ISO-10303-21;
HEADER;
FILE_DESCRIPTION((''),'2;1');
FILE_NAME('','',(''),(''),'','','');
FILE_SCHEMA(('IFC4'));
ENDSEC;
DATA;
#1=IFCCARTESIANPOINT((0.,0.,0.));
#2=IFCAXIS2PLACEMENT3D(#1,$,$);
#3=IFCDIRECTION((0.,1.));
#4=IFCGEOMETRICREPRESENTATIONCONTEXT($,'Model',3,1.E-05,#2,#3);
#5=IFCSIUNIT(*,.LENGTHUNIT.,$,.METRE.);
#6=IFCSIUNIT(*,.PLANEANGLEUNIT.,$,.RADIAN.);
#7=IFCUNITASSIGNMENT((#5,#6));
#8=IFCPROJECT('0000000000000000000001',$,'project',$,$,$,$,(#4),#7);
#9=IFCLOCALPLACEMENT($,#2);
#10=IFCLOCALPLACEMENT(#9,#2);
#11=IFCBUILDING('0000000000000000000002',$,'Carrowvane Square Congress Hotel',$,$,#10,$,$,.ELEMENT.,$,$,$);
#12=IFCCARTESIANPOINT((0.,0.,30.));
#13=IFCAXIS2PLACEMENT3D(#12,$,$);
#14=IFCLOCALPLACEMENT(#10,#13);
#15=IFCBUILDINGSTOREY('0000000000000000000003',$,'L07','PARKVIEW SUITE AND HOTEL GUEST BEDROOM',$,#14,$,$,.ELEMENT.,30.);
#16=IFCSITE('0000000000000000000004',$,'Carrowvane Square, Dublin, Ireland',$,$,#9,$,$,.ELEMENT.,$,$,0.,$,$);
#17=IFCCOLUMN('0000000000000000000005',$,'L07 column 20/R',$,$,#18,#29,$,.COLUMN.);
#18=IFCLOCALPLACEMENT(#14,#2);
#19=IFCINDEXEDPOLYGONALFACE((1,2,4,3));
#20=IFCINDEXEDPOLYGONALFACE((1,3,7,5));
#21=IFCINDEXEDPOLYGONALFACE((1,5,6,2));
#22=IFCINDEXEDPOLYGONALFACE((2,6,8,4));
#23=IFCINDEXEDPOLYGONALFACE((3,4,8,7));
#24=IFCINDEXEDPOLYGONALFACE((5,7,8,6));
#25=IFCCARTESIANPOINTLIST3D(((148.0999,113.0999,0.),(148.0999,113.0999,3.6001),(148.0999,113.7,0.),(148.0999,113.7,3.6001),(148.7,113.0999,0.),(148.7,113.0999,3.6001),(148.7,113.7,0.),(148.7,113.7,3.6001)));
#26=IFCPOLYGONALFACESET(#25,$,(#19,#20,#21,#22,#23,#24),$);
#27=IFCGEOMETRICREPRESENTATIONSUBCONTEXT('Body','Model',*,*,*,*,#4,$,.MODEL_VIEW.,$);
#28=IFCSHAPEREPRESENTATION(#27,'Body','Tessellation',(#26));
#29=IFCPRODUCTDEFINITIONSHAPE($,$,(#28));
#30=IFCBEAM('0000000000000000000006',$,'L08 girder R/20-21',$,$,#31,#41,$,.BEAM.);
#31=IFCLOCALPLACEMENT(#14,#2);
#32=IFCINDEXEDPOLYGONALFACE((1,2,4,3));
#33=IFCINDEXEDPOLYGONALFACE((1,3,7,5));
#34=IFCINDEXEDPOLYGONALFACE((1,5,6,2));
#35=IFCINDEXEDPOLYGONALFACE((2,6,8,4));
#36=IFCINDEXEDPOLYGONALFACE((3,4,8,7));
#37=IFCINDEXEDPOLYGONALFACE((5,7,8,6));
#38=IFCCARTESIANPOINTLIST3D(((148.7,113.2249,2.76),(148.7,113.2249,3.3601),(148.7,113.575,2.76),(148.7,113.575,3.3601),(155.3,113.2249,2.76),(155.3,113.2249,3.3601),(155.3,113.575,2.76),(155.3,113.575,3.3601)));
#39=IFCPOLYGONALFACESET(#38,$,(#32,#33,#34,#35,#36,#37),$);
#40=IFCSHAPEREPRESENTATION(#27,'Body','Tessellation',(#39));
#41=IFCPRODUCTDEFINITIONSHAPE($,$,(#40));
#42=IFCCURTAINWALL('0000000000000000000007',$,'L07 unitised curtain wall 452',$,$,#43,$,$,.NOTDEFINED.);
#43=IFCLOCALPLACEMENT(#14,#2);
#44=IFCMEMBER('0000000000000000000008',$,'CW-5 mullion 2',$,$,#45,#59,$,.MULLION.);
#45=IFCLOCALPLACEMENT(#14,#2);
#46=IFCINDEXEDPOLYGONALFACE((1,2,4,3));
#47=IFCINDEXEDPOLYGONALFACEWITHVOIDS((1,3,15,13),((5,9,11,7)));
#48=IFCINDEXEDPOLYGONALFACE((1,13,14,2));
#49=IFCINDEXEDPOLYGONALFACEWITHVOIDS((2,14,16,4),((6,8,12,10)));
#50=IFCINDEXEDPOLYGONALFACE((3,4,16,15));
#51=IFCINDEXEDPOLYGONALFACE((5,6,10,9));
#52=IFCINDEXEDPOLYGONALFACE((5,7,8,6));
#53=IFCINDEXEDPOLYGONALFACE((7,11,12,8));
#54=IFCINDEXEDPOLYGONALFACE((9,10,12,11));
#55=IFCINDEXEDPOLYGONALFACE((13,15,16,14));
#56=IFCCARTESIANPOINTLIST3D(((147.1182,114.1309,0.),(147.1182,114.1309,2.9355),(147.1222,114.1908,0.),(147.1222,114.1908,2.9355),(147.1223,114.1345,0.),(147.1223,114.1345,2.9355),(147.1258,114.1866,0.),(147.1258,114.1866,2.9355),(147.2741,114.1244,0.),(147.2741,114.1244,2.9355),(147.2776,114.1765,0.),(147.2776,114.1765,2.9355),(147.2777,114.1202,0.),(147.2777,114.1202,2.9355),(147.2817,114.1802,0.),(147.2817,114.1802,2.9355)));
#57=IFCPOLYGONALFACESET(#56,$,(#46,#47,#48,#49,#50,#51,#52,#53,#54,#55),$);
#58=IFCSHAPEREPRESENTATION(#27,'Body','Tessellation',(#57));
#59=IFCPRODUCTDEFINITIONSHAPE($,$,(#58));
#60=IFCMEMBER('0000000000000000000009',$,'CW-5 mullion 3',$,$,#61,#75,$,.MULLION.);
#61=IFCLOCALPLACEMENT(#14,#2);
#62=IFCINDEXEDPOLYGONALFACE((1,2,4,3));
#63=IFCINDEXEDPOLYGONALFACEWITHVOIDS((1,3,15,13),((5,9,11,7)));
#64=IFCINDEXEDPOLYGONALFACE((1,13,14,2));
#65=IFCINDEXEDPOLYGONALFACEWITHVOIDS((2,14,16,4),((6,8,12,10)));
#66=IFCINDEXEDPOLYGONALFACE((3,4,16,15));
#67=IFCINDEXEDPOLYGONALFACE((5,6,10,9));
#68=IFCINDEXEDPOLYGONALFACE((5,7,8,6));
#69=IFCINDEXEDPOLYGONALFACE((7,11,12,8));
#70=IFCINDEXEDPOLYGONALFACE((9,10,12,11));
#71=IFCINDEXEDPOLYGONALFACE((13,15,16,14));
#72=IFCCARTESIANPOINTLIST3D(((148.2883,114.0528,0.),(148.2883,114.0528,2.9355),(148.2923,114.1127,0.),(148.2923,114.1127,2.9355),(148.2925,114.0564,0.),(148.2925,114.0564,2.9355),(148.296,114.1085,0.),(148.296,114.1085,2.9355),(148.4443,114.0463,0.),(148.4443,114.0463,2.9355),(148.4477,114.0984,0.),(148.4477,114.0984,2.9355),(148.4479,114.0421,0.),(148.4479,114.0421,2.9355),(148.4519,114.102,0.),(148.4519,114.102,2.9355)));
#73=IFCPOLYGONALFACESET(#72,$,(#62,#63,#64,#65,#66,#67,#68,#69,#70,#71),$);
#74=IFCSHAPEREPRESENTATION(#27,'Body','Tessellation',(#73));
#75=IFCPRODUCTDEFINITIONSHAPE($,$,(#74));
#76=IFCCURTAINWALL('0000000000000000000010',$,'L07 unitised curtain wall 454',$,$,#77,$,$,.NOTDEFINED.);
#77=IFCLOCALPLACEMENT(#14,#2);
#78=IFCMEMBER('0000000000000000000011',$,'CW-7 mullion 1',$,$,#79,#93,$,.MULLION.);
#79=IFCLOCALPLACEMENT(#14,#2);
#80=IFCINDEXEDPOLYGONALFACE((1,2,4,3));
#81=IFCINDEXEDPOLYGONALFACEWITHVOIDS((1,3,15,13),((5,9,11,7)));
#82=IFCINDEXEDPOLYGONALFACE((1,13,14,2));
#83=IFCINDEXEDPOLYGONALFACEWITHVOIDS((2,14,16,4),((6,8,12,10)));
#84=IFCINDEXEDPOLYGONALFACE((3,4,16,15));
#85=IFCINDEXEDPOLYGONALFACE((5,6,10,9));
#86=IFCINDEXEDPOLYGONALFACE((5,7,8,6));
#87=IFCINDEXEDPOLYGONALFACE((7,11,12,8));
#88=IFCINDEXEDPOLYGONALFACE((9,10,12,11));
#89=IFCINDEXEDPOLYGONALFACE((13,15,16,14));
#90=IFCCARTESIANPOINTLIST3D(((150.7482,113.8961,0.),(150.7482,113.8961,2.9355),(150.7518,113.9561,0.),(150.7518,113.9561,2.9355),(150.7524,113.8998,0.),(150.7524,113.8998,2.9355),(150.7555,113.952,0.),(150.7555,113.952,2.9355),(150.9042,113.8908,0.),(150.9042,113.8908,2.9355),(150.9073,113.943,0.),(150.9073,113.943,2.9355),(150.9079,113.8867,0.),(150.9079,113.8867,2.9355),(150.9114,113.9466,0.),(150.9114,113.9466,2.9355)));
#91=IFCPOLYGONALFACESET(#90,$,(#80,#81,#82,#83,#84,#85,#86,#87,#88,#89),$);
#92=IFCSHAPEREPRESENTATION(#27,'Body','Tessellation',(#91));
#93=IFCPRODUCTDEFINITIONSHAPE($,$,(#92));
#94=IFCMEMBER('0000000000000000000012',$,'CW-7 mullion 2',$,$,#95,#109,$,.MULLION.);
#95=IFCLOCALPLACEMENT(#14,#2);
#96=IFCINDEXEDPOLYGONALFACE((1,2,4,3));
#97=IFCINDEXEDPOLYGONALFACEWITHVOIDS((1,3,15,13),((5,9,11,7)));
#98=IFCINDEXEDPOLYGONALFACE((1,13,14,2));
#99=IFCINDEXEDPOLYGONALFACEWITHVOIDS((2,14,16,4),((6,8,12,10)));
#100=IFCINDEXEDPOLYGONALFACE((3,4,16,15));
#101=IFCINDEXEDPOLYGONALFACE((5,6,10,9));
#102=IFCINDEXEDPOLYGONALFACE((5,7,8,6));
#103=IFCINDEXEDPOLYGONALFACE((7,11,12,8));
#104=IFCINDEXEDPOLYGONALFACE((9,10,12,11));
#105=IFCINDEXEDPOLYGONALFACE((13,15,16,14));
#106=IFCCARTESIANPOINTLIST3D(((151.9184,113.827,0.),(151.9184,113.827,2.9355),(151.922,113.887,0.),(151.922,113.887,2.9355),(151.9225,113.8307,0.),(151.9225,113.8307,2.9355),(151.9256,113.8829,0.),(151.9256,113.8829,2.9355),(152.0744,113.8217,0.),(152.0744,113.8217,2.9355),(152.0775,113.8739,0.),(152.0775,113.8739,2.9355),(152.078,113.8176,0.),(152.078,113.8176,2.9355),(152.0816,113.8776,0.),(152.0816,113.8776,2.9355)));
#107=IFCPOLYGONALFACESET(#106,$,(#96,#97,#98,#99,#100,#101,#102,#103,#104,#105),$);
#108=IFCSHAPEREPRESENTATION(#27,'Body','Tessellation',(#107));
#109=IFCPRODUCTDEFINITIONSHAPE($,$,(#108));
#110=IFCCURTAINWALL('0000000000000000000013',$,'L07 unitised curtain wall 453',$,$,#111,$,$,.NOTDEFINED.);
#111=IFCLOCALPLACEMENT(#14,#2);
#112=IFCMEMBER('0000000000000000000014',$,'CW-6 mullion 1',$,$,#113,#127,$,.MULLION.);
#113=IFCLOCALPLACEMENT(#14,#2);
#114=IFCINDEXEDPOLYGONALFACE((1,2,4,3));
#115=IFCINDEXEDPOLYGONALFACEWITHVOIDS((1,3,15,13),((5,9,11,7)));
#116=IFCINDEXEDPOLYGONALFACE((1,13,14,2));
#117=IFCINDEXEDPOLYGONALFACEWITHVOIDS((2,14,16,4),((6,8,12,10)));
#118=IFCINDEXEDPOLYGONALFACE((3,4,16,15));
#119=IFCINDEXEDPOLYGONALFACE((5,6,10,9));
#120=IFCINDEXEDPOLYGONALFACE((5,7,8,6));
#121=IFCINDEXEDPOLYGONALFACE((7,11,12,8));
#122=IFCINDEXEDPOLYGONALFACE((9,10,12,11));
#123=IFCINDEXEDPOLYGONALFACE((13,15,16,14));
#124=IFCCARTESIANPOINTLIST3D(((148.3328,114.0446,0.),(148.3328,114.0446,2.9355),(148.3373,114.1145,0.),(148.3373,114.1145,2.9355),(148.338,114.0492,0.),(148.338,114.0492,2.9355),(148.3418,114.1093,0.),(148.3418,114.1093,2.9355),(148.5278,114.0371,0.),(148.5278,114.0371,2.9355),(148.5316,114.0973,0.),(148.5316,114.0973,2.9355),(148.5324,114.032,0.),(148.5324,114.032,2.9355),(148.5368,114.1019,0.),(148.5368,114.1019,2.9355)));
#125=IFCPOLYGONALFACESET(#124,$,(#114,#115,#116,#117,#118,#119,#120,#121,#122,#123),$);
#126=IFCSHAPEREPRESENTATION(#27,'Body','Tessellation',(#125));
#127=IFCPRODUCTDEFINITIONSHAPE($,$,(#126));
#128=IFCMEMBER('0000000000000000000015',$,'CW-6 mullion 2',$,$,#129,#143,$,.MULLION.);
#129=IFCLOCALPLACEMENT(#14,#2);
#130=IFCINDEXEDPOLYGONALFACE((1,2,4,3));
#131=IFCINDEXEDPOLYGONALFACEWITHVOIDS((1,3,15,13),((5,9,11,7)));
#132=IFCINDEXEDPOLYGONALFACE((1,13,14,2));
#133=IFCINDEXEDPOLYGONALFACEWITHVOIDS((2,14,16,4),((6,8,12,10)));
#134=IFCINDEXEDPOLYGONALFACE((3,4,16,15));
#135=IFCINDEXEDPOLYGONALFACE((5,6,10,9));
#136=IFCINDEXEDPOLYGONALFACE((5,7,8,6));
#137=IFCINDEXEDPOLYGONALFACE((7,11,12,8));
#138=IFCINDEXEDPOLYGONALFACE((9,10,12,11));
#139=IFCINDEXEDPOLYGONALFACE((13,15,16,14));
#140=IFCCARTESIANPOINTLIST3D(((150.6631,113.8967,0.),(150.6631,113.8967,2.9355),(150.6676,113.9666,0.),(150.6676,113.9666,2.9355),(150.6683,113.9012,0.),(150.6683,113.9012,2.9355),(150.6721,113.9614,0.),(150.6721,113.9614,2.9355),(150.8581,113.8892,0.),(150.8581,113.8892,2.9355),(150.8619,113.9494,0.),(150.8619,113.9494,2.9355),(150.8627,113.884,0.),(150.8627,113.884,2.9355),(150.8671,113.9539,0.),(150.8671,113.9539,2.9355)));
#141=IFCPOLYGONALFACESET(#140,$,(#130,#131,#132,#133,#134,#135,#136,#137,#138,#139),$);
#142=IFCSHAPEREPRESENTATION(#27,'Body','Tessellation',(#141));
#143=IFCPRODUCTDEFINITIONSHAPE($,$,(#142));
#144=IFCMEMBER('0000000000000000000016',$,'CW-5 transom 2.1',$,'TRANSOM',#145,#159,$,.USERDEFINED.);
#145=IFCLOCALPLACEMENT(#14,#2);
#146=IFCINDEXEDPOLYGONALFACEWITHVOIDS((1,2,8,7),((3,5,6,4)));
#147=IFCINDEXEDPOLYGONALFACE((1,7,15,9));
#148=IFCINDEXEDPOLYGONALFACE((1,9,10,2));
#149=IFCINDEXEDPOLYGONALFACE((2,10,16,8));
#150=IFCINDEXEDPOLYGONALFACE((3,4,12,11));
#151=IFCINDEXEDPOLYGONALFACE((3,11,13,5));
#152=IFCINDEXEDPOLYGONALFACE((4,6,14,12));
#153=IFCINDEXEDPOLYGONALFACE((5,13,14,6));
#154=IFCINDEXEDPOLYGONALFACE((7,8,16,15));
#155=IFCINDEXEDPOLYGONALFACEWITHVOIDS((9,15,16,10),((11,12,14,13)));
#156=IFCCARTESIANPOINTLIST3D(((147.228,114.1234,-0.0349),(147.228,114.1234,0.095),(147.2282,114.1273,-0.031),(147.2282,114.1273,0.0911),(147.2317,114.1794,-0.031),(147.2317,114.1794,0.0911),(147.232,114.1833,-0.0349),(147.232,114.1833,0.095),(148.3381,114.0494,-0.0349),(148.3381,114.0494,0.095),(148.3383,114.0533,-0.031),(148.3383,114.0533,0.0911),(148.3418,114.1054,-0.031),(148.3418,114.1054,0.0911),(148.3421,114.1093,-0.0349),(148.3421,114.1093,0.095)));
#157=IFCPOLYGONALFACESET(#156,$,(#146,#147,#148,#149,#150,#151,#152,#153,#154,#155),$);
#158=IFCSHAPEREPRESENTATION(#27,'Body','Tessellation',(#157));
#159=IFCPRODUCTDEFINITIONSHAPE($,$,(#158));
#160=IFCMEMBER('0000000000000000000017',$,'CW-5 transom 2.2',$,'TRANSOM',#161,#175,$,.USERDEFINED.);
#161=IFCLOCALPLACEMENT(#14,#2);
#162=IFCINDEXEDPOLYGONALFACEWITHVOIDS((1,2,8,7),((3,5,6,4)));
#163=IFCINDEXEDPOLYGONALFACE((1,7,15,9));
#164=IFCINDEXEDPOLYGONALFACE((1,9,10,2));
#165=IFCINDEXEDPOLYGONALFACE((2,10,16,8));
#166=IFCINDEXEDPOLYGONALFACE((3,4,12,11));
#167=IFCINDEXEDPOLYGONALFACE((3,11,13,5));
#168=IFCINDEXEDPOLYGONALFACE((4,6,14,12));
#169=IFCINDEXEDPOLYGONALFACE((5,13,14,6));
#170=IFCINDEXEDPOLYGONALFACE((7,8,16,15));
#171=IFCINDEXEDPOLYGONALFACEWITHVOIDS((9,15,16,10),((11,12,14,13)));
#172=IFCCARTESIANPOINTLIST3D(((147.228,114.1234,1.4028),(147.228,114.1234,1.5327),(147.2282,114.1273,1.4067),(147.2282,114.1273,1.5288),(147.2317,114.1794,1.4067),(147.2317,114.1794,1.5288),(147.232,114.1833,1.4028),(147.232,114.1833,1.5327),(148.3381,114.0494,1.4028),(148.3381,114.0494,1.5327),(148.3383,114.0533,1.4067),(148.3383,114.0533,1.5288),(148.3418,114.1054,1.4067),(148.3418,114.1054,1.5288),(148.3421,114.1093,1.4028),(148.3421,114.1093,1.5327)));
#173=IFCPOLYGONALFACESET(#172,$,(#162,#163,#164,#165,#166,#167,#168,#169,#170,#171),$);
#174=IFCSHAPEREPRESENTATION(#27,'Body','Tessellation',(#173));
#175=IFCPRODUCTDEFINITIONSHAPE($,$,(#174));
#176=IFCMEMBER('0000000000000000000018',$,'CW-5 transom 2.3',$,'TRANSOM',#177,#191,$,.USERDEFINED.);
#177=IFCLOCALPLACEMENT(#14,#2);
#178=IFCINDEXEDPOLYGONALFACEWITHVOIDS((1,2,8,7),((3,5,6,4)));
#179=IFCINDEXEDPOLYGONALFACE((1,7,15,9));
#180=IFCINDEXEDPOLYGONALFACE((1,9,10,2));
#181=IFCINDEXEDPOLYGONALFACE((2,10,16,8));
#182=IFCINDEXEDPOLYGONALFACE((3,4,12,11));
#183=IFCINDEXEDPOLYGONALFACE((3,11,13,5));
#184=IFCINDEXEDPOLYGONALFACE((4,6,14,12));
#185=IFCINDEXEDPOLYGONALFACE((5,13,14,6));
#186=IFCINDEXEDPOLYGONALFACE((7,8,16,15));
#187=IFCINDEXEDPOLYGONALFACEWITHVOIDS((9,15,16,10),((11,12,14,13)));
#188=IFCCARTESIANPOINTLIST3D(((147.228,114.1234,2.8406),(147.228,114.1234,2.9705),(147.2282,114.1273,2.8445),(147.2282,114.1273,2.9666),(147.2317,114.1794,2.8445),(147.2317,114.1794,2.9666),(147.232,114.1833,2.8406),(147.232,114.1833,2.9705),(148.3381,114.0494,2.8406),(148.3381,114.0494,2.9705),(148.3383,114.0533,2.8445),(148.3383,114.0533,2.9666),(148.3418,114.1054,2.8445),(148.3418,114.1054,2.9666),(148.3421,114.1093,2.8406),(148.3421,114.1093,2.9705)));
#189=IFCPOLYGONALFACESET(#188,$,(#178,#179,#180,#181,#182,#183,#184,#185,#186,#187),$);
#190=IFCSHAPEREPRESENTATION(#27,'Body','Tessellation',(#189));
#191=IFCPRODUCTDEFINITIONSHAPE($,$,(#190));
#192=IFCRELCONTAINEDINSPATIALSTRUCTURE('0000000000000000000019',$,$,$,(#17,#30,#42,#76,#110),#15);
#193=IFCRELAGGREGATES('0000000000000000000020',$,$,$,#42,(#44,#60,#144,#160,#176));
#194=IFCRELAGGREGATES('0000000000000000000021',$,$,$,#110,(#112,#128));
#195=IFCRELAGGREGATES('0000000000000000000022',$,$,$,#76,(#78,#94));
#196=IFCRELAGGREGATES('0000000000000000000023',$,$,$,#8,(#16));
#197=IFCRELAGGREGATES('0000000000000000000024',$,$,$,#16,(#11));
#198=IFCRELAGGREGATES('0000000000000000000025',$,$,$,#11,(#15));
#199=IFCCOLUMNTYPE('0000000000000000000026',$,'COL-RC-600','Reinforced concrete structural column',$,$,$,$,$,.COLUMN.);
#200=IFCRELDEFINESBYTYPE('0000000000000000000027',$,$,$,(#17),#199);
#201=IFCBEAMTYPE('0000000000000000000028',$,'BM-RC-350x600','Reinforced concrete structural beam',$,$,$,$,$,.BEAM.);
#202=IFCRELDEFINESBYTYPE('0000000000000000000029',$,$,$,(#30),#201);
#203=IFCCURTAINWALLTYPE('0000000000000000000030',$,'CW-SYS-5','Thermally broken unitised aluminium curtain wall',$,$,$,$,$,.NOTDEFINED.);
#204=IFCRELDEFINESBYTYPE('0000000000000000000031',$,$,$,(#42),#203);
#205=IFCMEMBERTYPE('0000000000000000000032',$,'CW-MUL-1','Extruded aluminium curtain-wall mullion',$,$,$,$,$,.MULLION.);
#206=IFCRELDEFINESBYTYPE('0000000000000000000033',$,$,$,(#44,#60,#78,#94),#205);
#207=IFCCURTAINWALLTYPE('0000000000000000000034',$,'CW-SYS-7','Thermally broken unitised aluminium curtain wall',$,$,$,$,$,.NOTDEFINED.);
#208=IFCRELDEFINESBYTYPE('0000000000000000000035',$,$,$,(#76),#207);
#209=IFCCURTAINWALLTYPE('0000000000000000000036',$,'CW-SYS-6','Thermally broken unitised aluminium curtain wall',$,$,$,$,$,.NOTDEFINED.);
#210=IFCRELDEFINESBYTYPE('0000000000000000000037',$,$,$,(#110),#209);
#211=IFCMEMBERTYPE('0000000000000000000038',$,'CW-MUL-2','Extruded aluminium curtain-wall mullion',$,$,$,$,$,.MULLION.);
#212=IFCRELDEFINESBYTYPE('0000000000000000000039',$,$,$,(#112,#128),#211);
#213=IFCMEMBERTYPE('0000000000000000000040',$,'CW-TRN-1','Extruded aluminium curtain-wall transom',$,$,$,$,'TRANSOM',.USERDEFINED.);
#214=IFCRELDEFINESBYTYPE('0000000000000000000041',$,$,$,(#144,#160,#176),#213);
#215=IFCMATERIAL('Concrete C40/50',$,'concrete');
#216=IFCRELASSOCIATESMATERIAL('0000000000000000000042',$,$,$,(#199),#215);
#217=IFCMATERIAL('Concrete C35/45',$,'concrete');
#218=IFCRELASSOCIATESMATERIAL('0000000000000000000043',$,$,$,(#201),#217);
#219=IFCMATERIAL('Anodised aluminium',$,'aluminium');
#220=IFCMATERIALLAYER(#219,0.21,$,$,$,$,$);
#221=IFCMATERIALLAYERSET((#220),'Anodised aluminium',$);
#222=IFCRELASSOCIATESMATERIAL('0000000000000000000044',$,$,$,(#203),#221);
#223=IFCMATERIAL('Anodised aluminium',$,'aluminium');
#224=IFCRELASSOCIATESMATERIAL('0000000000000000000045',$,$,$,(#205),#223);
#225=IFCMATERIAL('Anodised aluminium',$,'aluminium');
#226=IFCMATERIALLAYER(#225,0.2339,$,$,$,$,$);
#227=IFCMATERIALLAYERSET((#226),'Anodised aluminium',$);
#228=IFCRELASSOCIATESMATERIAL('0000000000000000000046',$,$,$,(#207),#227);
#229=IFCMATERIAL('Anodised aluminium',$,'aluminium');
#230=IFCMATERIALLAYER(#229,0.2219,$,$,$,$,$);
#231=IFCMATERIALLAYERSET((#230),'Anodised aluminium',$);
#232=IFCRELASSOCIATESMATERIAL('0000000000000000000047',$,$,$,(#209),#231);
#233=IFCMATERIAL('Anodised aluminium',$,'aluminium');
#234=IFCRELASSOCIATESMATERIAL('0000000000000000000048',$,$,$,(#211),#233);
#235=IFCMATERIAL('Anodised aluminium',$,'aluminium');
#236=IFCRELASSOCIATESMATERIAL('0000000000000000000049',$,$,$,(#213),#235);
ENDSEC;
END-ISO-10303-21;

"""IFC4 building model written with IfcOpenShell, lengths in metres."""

from ifc_helpers import new_model, si_unit, direction, frame, origin, origin_2d, place, context, subcontext, project, spatial, rectangle, hollow_rectangle, extrude, material, layer, layer_set, material_profile, profile_set, type_object, element, aggregate, save


model = new_model("IFC4")

# Units and contexts
model_context = context("Model", 3, precision=1e-05, world=origin(), true_north=direction((0.0, 1.0)))
body_context = subcontext(model_context, "Body", "Model", "MODEL_VIEW")
ifc_project = project(units=[si_unit("LENGTHUNIT", "METRE"), si_unit("PLANEANGLEUNIT", "RADIAN")], contexts=[model_context])

# Site, building, storey
site_placement = place(None, origin())
site = spatial("IfcSite", under=ifc_project, at=site_placement, Name="Carrowvane Square, Dublin, Ireland", CompositionType="ELEMENT", RefElevation=0.0)
building_placement = place(site_placement, origin())
building = spatial("IfcBuilding", under=site, at=building_placement, Name="Carrowvane Square Congress Hotel", CompositionType="ELEMENT")
storey_placement = place(building_placement, frame((0.0, 0.0, 30.0)))
storey = spatial("IfcBuildingStorey", under=building, at=storey_placement, Name="L07", Description="PARKVIEW SUITE AND HOTEL GUEST BEDROOM", CompositionType="ELEMENT", Elevation=30.0)

# Column
ifc_material_1 = material(Name="Concrete C40/50", Category="concrete")
ifc_material_profile_1 = material_profile(ifc_material_1, rectangle(XDim=0.6001, YDim=0.6001, at=origin_2d()), Name="RC 600x600")
ifc_profile_set_1 = profile_set([ifc_material_profile_1], Name="Concrete C40/50")
column_type = type_object("IfcColumnType", Name="COL-RC-600", Description="Reinforced concrete structural column", PredefinedType="COLUMN", material=ifc_profile_set_1)
column_placement = place(storey_placement, frame((148.3999, 113.3999, 0.0), z_axis=(0.0, 0.0, 1.0), x_axis=(1.0, 0.0, 0.0)))
element("IfcColumn", 1, at=column_placement, inside=storey, type_object=column_type, Name="L07 column 20/R", PredefinedType="COLUMN", context=body_context, shape_type="SweptSolid", body=[
    extrude(rectangle(XDim=0.6001, YDim=0.6001, at=origin_2d()), origin(), (0.0, 0.0, 1.0), 3.6001),
])

# Beam
ifc_material_2 = material(Name="Concrete C35/45", Category="concrete")
ifc_material_profile_2 = material_profile(ifc_material_2, rectangle(XDim=0.3501, YDim=0.6001, at=origin_2d()), Name="RC 350x600")
ifc_profile_set_2 = profile_set([ifc_material_profile_2], Name="Concrete C35/45")
beam_type = type_object("IfcBeamType", Name="BM-RC-350x600", Description="Reinforced concrete structural beam", PredefinedType="BEAM", material=ifc_profile_set_2)
beam_placement = place(storey_placement, frame((148.7, 113.3999, 3.0601), z_axis=(1.0, 0.0, 0.0), x_axis=(0.0, 1.0, 0.0)))
element("IfcBeam", 2, at=beam_placement, inside=storey, type_object=beam_type, Name="L08 girder R/20-21", PredefinedType="BEAM", context=body_context, shape_type="SweptSolid", body=[
    extrude(rectangle(XDim=0.3501, YDim=0.6001, at=origin_2d()), origin(), (0.0, 0.0, 1.0), 6.6001),
])

# Curtain walls, members
ifc_material_3 = material(Name="Anodised aluminium", Category="aluminium")
ifc_layer_1 = layer(ifc_material_3, 0.21)
ifc_layer_set_1 = layer_set([ifc_layer_1], Name="Anodised aluminium")
curtain_wall_type_1 = type_object("IfcCurtainWallType", Name="CW-SYS-5", Description="Thermally broken unitised aluminium curtain wall", PredefinedType="NOTDEFINED", material=ifc_layer_set_1)
curtain_wall_1_placement = place(storey_placement, origin())
curtain_wall_1 = element("IfcCurtainWall", 3, at=curtain_wall_1_placement, inside=storey, type_object=curtain_wall_type_1, Name="L07 unitised curtain wall 452", PredefinedType="NOTDEFINED")
ifc_material_4 = material(Name="Anodised aluminium", Category="aluminium")
ifc_material_profile_3 = material_profile(ifc_material_4, hollow_rectangle(XDim=0.0601, YDim=0.1599, WallThickness=0.0039, at=origin_2d()), Name="CW-ML 60x160x4")
ifc_profile_set_3 = profile_set([ifc_material_profile_3], Name="Anodised aluminium")
member_type_1 = type_object("IfcMemberType", Name="CW-MUL-1", Description="Extruded aluminium curtain-wall mullion", PredefinedType="MULLION", material=ifc_profile_set_3)
member_1_placement = place(storey_placement, frame((147.2, 114.1555, 0.0), z_axis=(0.0, 0.0, 1.0), x_axis=(0.066574, 0.997781, 0.0)))
member_1 = element("IfcMember", 4, at=member_1_placement, type_object=member_type_1, Name="CW-5 mullion 2", PredefinedType="MULLION", context=body_context, shape_type="SweptSolid", body=[
    extrude(hollow_rectangle(XDim=0.0601, YDim=0.1599, WallThickness=0.0039, at=origin_2d()), origin(), (0.0, 0.0, 1.0), 2.9355),
])
member_2_placement = place(storey_placement, frame((148.3701, 114.0774, 0.0), z_axis=(0.0, 0.0, 1.0), x_axis=(0.066574, 0.997781, 0.0)))
member_2 = element("IfcMember", 5, at=member_2_placement, type_object=member_type_1, Name="CW-5 mullion 3", PredefinedType="MULLION", context=body_context, shape_type="SweptSolid", body=[
    extrude(hollow_rectangle(XDim=0.0601, YDim=0.1599, WallThickness=0.0039, at=origin_2d()), origin(), (0.0, 0.0, 1.0), 2.9355),
])
ifc_material_5 = material(Name="Anodised aluminium", Category="aluminium")
ifc_layer_2 = layer(ifc_material_5, 0.2339)
ifc_layer_set_2 = layer_set([ifc_layer_2], Name="Anodised aluminium")
curtain_wall_type_2 = type_object("IfcCurtainWallType", Name="CW-SYS-7", Description="Thermally broken unitised aluminium curtain wall", PredefinedType="NOTDEFINED", material=ifc_layer_set_2)
curtain_wall_2_placement = place(storey_placement, origin())
curtain_wall_2 = element("IfcCurtainWall", 6, at=curtain_wall_2_placement, inside=storey, type_object=curtain_wall_type_2, Name="L07 unitised curtain wall 454", PredefinedType="NOTDEFINED")
member_3_placement = place(storey_placement, frame((150.8298, 113.9214, 0.0), z_axis=(0.0, 0.0, 1.0), x_axis=(0.058989, 0.998259, 0.0)))
member_3 = element("IfcMember", 7, at=member_3_placement, type_object=member_type_1, Name="CW-7 mullion 1", PredefinedType="MULLION", context=body_context, shape_type="SweptSolid", body=[
    extrude(hollow_rectangle(XDim=0.0601, YDim=0.1599, WallThickness=0.0039, at=origin_2d()), origin(), (0.0, 0.0, 1.0), 2.9355),
])
member_4_placement = place(storey_placement, frame((152.0, 113.8523, 0.0), z_axis=(0.0, 0.0, 1.0), x_axis=(0.058989, 0.998259, 0.0)))
member_4 = element("IfcMember", 8, at=member_4_placement, type_object=member_type_1, Name="CW-7 mullion 2", PredefinedType="MULLION", context=body_context, shape_type="SweptSolid", body=[
    extrude(hollow_rectangle(XDim=0.0601, YDim=0.1599, WallThickness=0.0039, at=origin_2d()), origin(), (0.0, 0.0, 1.0), 2.9355),
])
ifc_material_6 = material(Name="Anodised aluminium", Category="aluminium")
ifc_layer_3 = layer(ifc_material_6, 0.2219)
ifc_layer_set_3 = layer_set([ifc_layer_3], Name="Anodised aluminium")
curtain_wall_type_3 = type_object("IfcCurtainWallType", Name="CW-SYS-6", Description="Thermally broken unitised aluminium curtain wall", PredefinedType="NOTDEFINED", material=ifc_layer_set_3)
curtain_wall_3_placement = place(storey_placement, origin())
curtain_wall_3 = element("IfcCurtainWall", 9, at=curtain_wall_3_placement, inside=storey, type_object=curtain_wall_type_3, Name="L07 unitised curtain wall 453", PredefinedType="NOTDEFINED")
ifc_material_7 = material(Name="Anodised aluminium", Category="aluminium")
ifc_material_profile_4 = material_profile(ifc_material_7, hollow_rectangle(XDim=0.0701, YDim=0.2, WallThickness=0.0049, at=origin_2d()), Name="CW-ML 70x200x5")
ifc_profile_set_4 = profile_set([ifc_material_profile_4], Name="Anodised aluminium")
member_type_2 = type_object("IfcMemberType", Name="CW-MUL-2", Description="Extruded aluminium curtain-wall mullion", PredefinedType="MULLION", material=ifc_profile_set_4)
member_5_placement = place(storey_placement, frame((148.4348, 114.0732, 0.0), z_axis=(0.0, 0.0, 1.0), x_axis=(0.063273, 0.997996, 0.0)))
member_5 = element("IfcMember", 10, at=member_5_placement, type_object=member_type_2, Name="CW-6 mullion 1", PredefinedType="MULLION", context=body_context, shape_type="SweptSolid", body=[
    extrude(hollow_rectangle(XDim=0.0701, YDim=0.2, WallThickness=0.0049, at=origin_2d()), origin(), (0.0, 0.0, 1.0), 2.9355),
])
member_6_placement = place(storey_placement, frame((150.7651, 113.9253, 0.0), z_axis=(0.0, 0.0, 1.0), x_axis=(0.063273, 0.997996, 0.0)))
member_6 = element("IfcMember", 11, at=member_6_placement, type_object=member_type_2, Name="CW-6 mullion 2", PredefinedType="MULLION", context=body_context, shape_type="SweptSolid", body=[
    extrude(hollow_rectangle(XDim=0.0701, YDim=0.2, WallThickness=0.0049, at=origin_2d()), origin(), (0.0, 0.0, 1.0), 2.9355),
])

# Members
ifc_material_8 = material(Name="Anodised aluminium", Category="aluminium")
ifc_material_profile_5 = material_profile(ifc_material_8, hollow_rectangle(XDim=0.0601, YDim=0.1299, WallThickness=0.0039, at=origin_2d()), Name="CW-TR 60x130x4")
ifc_profile_set_5 = profile_set([ifc_material_profile_5], Name="Anodised aluminium")
member_type_3 = type_object("IfcMemberType", Name="CW-TRN-1", Description="Extruded aluminium curtain-wall transom", ElementType="TRANSOM", PredefinedType="USERDEFINED", material=ifc_profile_set_5)
member_7_placement = place(storey_placement, frame((147.23, 114.1533, 0.03), z_axis=(0.997787, -0.06649, 0.0), x_axis=(0.06649, 0.997787, 0.0)))
member_7 = element("IfcMember", 12, at=member_7_placement, type_object=member_type_3, Name="CW-5 transom 2.1", ObjectType="TRANSOM", PredefinedType="USERDEFINED", context=body_context, shape_type="SweptSolid", body=[
    extrude(hollow_rectangle(XDim=0.0601, YDim=0.1299, WallThickness=0.0039, at=origin_2d()), origin(), (0.0, 0.0, 1.0), 1.1125),
])
member_8_placement = place(storey_placement, frame((147.23, 114.1533, 1.4678), z_axis=(0.997787, -0.06649, 0.0), x_axis=(0.06649, 0.997787, 0.0)))
member_8 = element("IfcMember", 13, at=member_8_placement, type_object=member_type_3, Name="CW-5 transom 2.2", ObjectType="TRANSOM", PredefinedType="USERDEFINED", context=body_context, shape_type="SweptSolid", body=[
    extrude(hollow_rectangle(XDim=0.0601, YDim=0.1299, WallThickness=0.0039, at=origin_2d()), origin(), (0.0, 0.0, 1.0), 1.1125),
])
member_9_placement = place(storey_placement, frame((147.23, 114.1533, 2.9055), z_axis=(0.997787, -0.06649, 0.0), x_axis=(0.06649, 0.997787, 0.0)))
member_9 = element("IfcMember", 14, at=member_9_placement, type_object=member_type_3, Name="CW-5 transom 2.3", ObjectType="TRANSOM", PredefinedType="USERDEFINED", context=body_context, shape_type="SweptSolid", body=[
    extrude(hollow_rectangle(XDim=0.0601, YDim=0.1299, WallThickness=0.0039, at=origin_2d()), origin(), (0.0, 0.0, 1.0), 1.1125),
])

aggregate(curtain_wall_1, [member_1, member_2, member_7, member_8, member_9])
aggregate(curtain_wall_3, [member_5, member_6])
aggregate(curtain_wall_2, [member_3, member_4])

save(model, "model.ifc")
